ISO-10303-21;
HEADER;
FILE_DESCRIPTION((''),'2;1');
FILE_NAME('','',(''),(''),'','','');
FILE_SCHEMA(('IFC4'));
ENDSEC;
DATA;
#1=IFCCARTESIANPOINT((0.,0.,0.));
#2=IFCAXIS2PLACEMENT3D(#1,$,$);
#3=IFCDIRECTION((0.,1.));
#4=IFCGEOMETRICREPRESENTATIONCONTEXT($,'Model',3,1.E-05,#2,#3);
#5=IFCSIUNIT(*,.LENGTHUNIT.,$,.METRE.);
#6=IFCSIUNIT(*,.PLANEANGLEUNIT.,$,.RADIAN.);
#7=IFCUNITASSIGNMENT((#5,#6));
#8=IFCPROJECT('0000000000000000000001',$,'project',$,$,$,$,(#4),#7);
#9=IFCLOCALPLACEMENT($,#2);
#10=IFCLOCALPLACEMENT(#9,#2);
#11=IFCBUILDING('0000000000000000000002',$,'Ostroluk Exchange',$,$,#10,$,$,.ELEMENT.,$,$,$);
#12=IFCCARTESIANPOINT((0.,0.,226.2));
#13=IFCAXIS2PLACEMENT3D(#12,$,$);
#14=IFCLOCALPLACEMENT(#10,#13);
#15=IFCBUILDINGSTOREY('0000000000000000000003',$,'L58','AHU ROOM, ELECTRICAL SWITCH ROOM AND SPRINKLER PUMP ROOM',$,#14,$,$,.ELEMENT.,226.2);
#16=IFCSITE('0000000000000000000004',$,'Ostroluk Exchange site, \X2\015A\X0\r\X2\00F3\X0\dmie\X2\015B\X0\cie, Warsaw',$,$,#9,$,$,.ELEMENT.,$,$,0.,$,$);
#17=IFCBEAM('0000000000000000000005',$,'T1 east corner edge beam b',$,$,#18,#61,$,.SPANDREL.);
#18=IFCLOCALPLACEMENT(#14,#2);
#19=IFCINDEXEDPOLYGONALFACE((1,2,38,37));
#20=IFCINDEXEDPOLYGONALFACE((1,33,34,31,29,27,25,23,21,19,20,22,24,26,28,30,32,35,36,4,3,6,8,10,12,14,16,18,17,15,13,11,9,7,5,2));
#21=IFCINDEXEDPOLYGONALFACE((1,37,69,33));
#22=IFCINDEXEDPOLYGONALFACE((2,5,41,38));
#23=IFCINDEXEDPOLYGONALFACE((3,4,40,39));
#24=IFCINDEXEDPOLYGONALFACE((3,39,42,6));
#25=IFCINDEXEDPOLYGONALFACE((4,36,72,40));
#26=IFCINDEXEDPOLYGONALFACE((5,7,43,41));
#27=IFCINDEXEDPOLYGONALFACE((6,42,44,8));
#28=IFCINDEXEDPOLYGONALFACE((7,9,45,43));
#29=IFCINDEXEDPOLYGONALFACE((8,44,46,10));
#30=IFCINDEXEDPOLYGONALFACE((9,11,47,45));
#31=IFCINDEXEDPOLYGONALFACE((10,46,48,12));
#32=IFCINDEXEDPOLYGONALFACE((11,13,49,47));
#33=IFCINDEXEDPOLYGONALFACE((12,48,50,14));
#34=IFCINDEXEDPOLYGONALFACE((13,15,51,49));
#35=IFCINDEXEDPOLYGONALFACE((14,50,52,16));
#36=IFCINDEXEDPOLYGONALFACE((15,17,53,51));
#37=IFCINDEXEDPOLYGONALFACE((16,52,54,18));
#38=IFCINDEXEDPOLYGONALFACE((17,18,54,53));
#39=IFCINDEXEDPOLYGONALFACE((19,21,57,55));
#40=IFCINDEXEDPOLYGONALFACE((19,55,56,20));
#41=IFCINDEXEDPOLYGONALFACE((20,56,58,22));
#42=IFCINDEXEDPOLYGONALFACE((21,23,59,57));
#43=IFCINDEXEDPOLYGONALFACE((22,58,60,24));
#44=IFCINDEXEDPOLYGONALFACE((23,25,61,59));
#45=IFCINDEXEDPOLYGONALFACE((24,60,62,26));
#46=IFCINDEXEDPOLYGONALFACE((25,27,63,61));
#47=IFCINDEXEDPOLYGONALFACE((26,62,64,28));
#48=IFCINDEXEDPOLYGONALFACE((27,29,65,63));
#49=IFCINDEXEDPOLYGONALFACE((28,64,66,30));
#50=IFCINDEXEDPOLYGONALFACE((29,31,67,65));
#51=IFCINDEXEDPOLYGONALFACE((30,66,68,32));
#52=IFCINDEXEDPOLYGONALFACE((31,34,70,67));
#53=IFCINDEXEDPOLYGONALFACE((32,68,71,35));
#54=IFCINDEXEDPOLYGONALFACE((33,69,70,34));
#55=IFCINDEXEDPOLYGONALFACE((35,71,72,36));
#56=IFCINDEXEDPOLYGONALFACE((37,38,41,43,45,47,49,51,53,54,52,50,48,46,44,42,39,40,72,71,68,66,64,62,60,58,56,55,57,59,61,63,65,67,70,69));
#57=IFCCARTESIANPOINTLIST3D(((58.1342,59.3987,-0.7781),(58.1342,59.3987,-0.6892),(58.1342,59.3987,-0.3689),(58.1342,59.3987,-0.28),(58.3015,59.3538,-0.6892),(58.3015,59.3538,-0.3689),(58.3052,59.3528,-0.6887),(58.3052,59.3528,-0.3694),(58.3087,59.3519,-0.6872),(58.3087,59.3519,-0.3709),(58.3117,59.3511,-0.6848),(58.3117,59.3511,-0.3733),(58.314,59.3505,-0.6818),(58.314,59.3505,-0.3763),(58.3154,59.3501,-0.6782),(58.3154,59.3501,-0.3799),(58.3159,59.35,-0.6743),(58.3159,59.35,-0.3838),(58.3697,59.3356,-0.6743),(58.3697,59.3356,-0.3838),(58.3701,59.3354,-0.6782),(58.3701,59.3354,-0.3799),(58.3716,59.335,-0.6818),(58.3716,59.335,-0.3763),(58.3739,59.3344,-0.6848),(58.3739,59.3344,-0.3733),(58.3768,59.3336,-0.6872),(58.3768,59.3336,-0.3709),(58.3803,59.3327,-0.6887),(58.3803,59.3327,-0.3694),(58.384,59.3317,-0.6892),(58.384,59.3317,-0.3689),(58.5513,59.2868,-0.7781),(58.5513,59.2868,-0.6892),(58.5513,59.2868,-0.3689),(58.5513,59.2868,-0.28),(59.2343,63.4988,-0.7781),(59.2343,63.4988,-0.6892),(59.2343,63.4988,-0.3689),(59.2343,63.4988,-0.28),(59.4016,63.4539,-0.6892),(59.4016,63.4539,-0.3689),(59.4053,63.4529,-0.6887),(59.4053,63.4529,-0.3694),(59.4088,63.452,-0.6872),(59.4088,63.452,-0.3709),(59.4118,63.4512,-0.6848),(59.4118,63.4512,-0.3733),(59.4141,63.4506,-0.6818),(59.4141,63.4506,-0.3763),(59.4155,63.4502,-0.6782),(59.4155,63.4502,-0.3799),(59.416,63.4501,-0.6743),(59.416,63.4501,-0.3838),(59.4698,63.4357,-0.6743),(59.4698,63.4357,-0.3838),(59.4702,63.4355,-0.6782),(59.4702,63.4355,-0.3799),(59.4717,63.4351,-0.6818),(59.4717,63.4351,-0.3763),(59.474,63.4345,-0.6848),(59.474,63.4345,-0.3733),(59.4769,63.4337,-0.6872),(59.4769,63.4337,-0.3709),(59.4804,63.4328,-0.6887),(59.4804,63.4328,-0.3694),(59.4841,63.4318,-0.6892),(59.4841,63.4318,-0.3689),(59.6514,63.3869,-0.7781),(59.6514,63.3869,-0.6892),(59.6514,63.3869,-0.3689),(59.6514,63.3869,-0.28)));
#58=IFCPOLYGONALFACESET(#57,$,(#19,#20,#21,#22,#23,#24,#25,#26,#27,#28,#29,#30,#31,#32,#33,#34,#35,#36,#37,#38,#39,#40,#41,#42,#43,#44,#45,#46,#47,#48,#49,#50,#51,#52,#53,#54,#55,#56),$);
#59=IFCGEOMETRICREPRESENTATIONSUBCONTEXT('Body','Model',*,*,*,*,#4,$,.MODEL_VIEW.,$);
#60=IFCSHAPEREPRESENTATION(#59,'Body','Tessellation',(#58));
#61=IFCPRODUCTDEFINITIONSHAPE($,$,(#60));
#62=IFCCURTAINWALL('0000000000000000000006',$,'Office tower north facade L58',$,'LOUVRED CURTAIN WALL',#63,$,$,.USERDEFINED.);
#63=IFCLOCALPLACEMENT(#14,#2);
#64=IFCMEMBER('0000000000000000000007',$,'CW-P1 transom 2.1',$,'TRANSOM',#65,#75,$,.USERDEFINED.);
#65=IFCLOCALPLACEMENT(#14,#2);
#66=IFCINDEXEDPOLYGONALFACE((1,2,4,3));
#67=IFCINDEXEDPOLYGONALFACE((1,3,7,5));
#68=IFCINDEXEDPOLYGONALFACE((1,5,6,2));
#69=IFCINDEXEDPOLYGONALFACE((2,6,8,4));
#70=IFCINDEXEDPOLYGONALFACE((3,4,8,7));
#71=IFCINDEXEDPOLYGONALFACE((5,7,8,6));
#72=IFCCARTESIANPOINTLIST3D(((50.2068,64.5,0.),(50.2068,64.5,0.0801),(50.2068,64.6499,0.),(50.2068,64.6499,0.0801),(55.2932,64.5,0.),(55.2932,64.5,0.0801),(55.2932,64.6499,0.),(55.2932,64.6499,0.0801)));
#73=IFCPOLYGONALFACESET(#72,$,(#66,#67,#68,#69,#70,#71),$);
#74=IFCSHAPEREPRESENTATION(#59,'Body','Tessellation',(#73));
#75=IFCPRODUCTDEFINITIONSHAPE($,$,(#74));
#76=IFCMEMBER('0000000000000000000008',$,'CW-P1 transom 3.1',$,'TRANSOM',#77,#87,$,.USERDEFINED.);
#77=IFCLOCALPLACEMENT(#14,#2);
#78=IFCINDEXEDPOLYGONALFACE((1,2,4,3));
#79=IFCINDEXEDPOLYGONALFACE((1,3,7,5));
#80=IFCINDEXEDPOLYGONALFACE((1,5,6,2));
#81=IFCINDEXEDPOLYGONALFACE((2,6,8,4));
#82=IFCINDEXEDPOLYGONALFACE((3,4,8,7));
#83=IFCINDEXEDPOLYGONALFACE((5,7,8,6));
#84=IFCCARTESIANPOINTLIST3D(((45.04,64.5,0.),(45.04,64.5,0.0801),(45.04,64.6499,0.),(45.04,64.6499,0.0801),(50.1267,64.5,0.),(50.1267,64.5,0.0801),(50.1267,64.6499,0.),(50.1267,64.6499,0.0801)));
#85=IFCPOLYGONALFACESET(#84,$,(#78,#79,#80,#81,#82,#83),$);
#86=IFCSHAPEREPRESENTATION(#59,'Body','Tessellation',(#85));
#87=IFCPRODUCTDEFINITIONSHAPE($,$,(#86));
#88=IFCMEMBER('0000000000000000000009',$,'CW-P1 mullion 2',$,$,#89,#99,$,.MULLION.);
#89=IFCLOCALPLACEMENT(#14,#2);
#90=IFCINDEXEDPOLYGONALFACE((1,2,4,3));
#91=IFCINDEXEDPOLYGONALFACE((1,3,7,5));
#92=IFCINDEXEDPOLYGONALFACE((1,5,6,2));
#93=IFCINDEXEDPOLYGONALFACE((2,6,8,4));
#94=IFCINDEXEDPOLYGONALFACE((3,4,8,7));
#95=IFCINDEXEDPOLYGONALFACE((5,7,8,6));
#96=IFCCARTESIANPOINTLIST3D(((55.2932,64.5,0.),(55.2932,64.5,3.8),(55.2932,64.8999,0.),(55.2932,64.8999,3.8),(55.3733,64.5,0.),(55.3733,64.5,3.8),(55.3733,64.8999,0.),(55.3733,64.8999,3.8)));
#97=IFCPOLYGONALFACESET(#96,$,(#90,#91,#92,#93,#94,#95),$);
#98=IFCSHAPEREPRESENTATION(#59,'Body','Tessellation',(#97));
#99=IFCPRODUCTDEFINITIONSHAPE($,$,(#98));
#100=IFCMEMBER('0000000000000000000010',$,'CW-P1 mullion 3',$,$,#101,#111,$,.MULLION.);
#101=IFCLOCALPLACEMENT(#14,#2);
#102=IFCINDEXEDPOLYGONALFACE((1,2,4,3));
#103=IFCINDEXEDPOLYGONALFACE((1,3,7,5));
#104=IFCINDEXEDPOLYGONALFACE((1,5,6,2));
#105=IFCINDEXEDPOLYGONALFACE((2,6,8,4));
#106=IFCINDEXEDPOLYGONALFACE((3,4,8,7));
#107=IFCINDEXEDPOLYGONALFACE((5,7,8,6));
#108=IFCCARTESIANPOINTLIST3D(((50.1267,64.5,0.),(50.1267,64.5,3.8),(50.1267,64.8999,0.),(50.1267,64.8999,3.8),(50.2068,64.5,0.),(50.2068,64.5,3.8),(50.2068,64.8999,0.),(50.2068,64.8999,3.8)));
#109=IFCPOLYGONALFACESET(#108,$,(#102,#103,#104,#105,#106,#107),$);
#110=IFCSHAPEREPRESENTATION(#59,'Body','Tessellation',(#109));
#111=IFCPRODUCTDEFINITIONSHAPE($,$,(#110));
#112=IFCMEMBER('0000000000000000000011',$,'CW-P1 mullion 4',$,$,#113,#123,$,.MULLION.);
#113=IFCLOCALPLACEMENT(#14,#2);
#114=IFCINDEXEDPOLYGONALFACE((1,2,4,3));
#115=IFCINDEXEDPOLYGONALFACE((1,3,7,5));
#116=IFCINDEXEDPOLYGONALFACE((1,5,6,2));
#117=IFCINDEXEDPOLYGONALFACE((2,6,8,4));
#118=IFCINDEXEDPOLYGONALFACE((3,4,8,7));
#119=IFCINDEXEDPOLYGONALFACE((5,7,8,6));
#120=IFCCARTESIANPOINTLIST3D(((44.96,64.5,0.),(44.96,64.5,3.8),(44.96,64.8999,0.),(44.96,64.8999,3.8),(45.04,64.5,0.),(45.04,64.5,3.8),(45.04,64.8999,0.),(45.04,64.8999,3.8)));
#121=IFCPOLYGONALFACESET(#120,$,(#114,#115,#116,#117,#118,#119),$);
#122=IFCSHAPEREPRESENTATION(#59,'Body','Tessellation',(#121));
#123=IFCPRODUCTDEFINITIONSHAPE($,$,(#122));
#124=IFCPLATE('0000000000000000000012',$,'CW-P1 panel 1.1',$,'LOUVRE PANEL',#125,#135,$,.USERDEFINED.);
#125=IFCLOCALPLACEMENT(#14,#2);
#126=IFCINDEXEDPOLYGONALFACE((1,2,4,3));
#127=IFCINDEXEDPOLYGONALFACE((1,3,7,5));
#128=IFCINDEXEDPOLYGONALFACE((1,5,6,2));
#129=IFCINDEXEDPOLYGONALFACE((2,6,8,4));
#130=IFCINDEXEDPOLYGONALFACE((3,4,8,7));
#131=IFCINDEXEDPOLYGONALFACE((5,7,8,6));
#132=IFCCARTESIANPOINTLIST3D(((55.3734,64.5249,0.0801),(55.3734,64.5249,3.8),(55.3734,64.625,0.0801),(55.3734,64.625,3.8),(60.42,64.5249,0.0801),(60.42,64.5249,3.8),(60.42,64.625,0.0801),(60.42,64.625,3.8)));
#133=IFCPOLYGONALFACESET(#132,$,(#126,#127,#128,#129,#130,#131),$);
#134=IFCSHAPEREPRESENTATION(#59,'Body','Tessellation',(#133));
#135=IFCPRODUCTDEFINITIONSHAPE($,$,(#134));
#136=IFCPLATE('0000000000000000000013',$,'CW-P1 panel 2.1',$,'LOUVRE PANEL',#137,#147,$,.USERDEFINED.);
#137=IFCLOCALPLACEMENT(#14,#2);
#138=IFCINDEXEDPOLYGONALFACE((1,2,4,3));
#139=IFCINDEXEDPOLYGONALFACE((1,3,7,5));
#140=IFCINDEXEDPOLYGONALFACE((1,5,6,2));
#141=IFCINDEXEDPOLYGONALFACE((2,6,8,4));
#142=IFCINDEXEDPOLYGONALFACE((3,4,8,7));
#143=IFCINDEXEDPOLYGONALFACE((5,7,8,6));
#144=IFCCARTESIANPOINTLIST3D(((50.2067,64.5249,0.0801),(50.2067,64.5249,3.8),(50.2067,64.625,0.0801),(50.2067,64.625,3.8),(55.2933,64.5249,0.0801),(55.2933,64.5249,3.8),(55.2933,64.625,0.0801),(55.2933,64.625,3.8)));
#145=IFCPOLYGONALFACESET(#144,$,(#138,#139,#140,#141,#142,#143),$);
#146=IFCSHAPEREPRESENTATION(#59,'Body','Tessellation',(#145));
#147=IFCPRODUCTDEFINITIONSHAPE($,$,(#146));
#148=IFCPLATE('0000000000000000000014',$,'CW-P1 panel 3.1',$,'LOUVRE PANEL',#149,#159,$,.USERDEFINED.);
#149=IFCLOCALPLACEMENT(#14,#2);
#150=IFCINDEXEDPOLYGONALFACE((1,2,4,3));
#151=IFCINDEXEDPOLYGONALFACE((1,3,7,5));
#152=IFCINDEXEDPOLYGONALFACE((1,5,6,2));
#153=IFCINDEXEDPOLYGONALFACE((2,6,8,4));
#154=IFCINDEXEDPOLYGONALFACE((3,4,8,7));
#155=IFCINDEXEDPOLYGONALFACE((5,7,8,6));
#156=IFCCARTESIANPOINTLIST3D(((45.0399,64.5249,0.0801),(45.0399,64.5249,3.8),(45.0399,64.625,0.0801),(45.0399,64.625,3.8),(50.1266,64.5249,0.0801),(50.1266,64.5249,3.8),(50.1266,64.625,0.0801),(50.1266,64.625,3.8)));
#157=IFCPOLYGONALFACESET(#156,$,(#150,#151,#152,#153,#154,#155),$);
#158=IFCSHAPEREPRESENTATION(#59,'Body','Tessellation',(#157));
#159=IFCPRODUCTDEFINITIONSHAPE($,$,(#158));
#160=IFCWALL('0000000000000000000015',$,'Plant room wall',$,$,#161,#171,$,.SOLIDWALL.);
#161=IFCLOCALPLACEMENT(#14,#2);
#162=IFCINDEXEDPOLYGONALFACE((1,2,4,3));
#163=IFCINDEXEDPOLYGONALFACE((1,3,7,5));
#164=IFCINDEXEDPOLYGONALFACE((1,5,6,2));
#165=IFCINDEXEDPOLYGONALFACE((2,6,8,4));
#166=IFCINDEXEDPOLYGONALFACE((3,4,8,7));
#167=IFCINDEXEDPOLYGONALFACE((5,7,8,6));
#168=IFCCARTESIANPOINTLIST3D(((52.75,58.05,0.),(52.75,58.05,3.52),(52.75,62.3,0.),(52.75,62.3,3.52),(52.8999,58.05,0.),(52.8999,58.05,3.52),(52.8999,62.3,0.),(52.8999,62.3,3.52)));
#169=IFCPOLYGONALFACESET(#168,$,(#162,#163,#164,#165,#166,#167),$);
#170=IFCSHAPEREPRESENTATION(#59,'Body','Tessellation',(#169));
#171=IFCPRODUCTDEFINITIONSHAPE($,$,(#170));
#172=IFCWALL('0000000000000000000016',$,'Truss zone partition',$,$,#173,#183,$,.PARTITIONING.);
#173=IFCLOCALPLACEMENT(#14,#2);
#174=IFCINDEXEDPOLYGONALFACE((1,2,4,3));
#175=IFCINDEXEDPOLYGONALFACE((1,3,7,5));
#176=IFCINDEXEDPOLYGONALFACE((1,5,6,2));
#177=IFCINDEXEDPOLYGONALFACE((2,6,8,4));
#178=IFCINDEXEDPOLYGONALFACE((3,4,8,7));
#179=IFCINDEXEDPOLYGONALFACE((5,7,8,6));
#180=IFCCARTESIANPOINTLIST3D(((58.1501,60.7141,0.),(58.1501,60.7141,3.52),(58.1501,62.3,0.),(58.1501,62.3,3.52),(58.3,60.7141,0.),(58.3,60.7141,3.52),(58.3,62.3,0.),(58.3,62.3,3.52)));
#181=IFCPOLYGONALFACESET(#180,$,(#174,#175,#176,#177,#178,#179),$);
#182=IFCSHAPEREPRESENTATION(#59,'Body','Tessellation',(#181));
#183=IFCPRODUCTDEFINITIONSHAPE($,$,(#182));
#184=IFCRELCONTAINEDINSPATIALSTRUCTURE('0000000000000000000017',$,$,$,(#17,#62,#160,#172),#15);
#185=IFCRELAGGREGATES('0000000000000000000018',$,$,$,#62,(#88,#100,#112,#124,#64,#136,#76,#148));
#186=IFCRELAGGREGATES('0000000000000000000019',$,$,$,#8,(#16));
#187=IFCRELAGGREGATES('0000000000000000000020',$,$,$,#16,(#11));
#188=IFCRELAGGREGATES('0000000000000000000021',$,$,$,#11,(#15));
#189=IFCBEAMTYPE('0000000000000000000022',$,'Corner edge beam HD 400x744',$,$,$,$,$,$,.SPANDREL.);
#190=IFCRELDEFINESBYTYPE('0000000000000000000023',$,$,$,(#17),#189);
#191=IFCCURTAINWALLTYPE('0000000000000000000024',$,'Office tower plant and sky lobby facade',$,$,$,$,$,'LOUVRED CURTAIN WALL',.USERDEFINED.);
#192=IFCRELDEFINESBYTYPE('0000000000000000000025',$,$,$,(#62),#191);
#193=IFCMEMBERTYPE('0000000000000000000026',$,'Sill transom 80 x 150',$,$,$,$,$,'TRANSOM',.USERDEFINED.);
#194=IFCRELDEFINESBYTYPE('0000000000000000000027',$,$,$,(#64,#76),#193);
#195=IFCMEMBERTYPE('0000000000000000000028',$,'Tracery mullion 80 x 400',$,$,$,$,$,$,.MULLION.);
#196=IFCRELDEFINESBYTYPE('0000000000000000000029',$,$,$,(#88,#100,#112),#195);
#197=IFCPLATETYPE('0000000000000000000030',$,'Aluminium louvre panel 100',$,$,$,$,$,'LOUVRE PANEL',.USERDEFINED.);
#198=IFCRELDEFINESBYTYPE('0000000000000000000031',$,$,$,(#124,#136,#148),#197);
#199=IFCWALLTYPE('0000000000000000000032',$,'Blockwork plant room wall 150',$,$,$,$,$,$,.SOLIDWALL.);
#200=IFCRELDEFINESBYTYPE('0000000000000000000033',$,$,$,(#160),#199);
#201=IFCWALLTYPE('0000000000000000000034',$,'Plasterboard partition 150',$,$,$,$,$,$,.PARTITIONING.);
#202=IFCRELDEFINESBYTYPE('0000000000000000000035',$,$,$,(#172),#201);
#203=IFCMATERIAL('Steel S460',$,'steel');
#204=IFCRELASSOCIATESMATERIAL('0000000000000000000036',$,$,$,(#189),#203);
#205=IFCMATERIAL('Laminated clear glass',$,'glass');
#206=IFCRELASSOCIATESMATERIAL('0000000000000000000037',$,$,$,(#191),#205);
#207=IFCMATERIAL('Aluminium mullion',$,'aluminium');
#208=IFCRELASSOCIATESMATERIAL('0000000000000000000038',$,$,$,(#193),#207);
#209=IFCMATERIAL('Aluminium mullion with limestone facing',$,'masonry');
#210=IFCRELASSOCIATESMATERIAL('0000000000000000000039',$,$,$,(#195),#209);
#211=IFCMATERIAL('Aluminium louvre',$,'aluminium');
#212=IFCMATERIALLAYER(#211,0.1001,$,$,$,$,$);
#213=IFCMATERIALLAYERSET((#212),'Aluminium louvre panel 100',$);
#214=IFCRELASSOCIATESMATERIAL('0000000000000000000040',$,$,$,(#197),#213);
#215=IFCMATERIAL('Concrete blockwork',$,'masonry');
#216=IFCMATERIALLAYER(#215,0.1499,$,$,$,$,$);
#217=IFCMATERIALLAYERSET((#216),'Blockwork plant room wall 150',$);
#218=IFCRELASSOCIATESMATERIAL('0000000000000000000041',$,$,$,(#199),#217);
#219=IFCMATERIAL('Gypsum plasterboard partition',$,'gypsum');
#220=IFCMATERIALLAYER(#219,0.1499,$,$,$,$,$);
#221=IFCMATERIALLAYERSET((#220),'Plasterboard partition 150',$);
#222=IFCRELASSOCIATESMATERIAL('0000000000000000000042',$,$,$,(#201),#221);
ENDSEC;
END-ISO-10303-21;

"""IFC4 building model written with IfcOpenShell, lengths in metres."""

from ifc_helpers import new_model, si_unit, direction, frame, frame_2d, origin, origin_2d, place, context, subcontext, project, spatial, rectangle, i_section, extrude, material, layer, layer_set, material_profile, profile_set, type_object, element, aggregate, save


model = new_model("IFC4")

# Units and contexts
model_context = context("Model", 3, precision=1e-05, world=origin(), true_north=direction((0.0, 1.0)))
body_context = subcontext(model_context, "Body", "Model", "MODEL_VIEW")
ifc_project = project(units=[si_unit("LENGTHUNIT", "METRE"), si_unit("PLANEANGLEUNIT", "RADIAN")], contexts=[model_context])

# Site, building, storey
site_placement = place(None, origin())
site = spatial("IfcSite", under=ifc_project, at=site_placement, Name="Ostroluk Exchange site, Śródmieście, Warsaw", CompositionType="ELEMENT", RefElevation=0.0)
building_placement = place(site_placement, origin())
building = spatial("IfcBuilding", under=site, at=building_placement, Name="Ostroluk Exchange", CompositionType="ELEMENT")
storey_placement = place(building_placement, frame((0.0, 0.0, 226.2)))
storey = spatial("IfcBuildingStorey", under=building, at=storey_placement, Name="L58", Description="AHU ROOM, ELECTRICAL SWITCH ROOM AND SPRINKLER PUMP ROOM", CompositionType="ELEMENT", Elevation=226.2)

# Beam
ifc_material_1 = material(Name="Steel S460", Category="steel")
ifc_material_profile_1 = material_profile(ifc_material_1, i_section(OverallWidth=0.4319, OverallDepth=0.498, WebThickness=0.0557, FlangeThickness=0.0889, FilletRadius=0.0149, at=origin_2d()), Name="HD 400x744")
ifc_profile_set_1 = profile_set([ifc_material_profile_1], Name="Steel S460")
beam_type_1 = type_object("IfcBeamType", Name="Corner edge beam HD 400x744", PredefinedType="SPANDREL", material=ifc_profile_set_1)
for number, where, z_axis, x_axis, name in (
    (1, (58.3428, 59.3428, -0.5291), (0.259144, 0.965839, 0.0), (-0.965839, 0.259144, 0.0), "T1 east corner edge beam b"),
):
    element("IfcBeam", number, at=place(storey_placement, frame(where, z_axis=z_axis, x_axis=x_axis)), inside=storey, type_object=beam_type_1, Name=name, PredefinedType="SPANDREL", context=body_context, shape_type="SweptSolid", body=[
        extrude(i_section(OverallWidth=0.4319, OverallDepth=0.498, WebThickness=0.0557, FlangeThickness=0.0889, FilletRadius=0.0149, at=origin_2d()), origin(), (0.0, 0.0, 1.0), 4.2451),
    ])

# Curtain wall, members, plates
ifc_material_2 = material(Name="Laminated clear glass", Category="glass")
curtain_wall_type = type_object("IfcCurtainWallType", Name="Office tower plant and sky lobby facade", ElementType="LOUVRED CURTAIN WALL", PredefinedType="USERDEFINED", material=ifc_material_2)
curtain_wall_placement = place(storey_placement, origin())
curtain_wall = element("IfcCurtainWall", 2, at=curtain_wall_placement, inside=storey, type_object=curtain_wall_type, Name="Office tower north facade L58", ObjectType="LOUVRED CURTAIN WALL", PredefinedType="USERDEFINED")
ifc_material_3 = material(Name="Aluminium mullion", Category="aluminium")
ifc_material_profile_2 = material_profile(ifc_material_3, rectangle(XDim=0.1499, YDim=0.0801, at=origin_2d()), Name="Sill transom 80 x 150")
ifc_profile_set_2 = profile_set([ifc_material_profile_2], Name="Aluminium mullion")
member_type_1 = type_object("IfcMemberType", Name="Sill transom 80 x 150", ElementType="TRANSOM", PredefinedType="USERDEFINED", material=ifc_profile_set_2)
member_1_placement = place(storey_placement, frame((55.2932, 64.575, 0.04), z_axis=(-1.0, 0.0, 0.0), x_axis=(0.0, -1.0, 0.0)))
member_1 = element("IfcMember", 3, at=member_1_placement, type_object=member_type_1, Name="CW-P1 transom 2.1", ObjectType="TRANSOM", PredefinedType="USERDEFINED", context=body_context, shape_type="SweptSolid", body=[
    extrude(rectangle(XDim=0.1499, YDim=0.0801, at=origin_2d()), origin(), (0.0, 0.0, 1.0), 5.0864),
])
member_2_placement = place(storey_placement, frame((50.1267, 64.575, 0.04), z_axis=(-1.0, 0.0, 0.0), x_axis=(0.0, -1.0, 0.0)))
member_2 = element("IfcMember", 4, at=member_2_placement, type_object=member_type_1, Name="CW-P1 transom 3.1", ObjectType="TRANSOM", PredefinedType="USERDEFINED", context=body_context, shape_type="SweptSolid", body=[
    extrude(rectangle(XDim=0.1499, YDim=0.0801, at=origin_2d()), origin(), (0.0, 0.0, 1.0), 5.0867),
])
ifc_material_4 = material(Name="Aluminium mullion with limestone facing", Category="masonry")
ifc_material_profile_3 = material_profile(ifc_material_4, rectangle(XDim=0.3999, YDim=0.0801, at=origin_2d()), Name="Tracery mullion 80 x 400")
ifc_profile_set_3 = profile_set([ifc_material_profile_3], Name="Aluminium mullion with limestone facing")
member_type_2 = type_object("IfcMemberType", Name="Tracery mullion 80 x 400", PredefinedType="MULLION", material=ifc_profile_set_3)
member_3_placement = place(storey_placement, frame((55.3333, 64.7, 0.0), z_axis=(0.0, 0.0, 1.0), x_axis=(0.0, -1.0, 0.0)))
member_3 = element("IfcMember", 5, at=member_3_placement, type_object=member_type_2, Name="CW-P1 mullion 2", PredefinedType="MULLION", context=body_context, shape_type="SweptSolid", body=[
    extrude(rectangle(XDim=0.3999, YDim=0.0801, at=origin_2d()), origin(), (0.0, 0.0, 1.0), 3.8),
])
member_4_placement = place(storey_placement, frame((50.1667, 64.7, 0.0), z_axis=(0.0, 0.0, 1.0), x_axis=(0.0, -1.0, 0.0)))
member_4 = element("IfcMember", 6, at=member_4_placement, type_object=member_type_2, Name="CW-P1 mullion 3", PredefinedType="MULLION", context=body_context, shape_type="SweptSolid", body=[
    extrude(rectangle(XDim=0.3999, YDim=0.0801, at=origin_2d()), origin(), (0.0, 0.0, 1.0), 3.8),
])
member_5_placement = place(storey_placement, frame((45.0, 64.7, 0.0), z_axis=(0.0, 0.0, 1.0), x_axis=(0.0, -1.0, 0.0)))
member_5 = element("IfcMember", 7, at=member_5_placement, type_object=member_type_2, Name="CW-P1 mullion 4", PredefinedType="MULLION", context=body_context, shape_type="SweptSolid", body=[
    extrude(rectangle(XDim=0.3999, YDim=0.0801, at=origin_2d()), origin(), (0.0, 0.0, 1.0), 3.8),
])
ifc_material_5 = material(Name="Aluminium louvre", Category="aluminium")
ifc_layer_1 = layer(ifc_material_5, 0.1001)
ifc_layer_set_1 = layer_set([ifc_layer_1], Name="Aluminium louvre panel 100")
plate_type = type_object("IfcPlateType", Name="Aluminium louvre panel 100", ElementType="LOUVRE PANEL", PredefinedType="USERDEFINED", material=ifc_layer_set_1)
plate_1_placement = place(storey_placement, frame((57.8967, 64.575, 0.0801), z_axis=(0.0, 0.0, 1.0), x_axis=(-1.0, 0.0, 0.0)))
plate_1 = element("IfcPlate", 8, at=plate_1_placement, type_object=plate_type, Name="CW-P1 panel 1.1", ObjectType="LOUVRE PANEL", PredefinedType="USERDEFINED", context=body_context, shape_type="SweptSolid", body=[
    extrude(rectangle(XDim=5.0466, YDim=0.1001, at=origin_2d()), origin(), (0.0, 0.0, 1.0), 3.72),
])
plate_2_placement = place(storey_placement, frame((52.75, 64.575, 0.0801), z_axis=(0.0, 0.0, 1.0), x_axis=(-1.0, 0.0, 0.0)))
plate_2 = element("IfcPlate", 9, at=plate_2_placement, type_object=plate_type, Name="CW-P1 panel 2.1", ObjectType="LOUVRE PANEL", PredefinedType="USERDEFINED", context=body_context, shape_type="SweptSolid", body=[
    extrude(rectangle(XDim=5.0867, YDim=0.1001, at=origin_2d()), origin(), (0.0, 0.0, 1.0), 3.72),
])
plate_3_placement = place(storey_placement, frame((47.5833, 64.575, 0.0801), z_axis=(0.0, 0.0, 1.0), x_axis=(-1.0, 0.0, 0.0)))
plate_3 = element("IfcPlate", 10, at=plate_3_placement, type_object=plate_type, Name="CW-P1 panel 3.1", ObjectType="LOUVRE PANEL", PredefinedType="USERDEFINED", context=body_context, shape_type="SweptSolid", body=[
    extrude(rectangle(XDim=5.0867, YDim=0.1001, at=origin_2d()), origin(), (0.0, 0.0, 1.0), 3.72),
])
aggregate(curtain_wall, [member_3, member_4, member_5, plate_1, member_1, plate_2, member_2, plate_3])

# Walls
ifc_material_6 = material(Name="Concrete blockwork", Category="masonry")
ifc_layer_2 = layer(ifc_material_6, 0.1499)
ifc_layer_set_2 = layer_set([ifc_layer_2], Name="Blockwork plant room wall 150")
wall_type_1 = type_object("IfcWallType", Name="Blockwork plant room wall 150", PredefinedType="SOLIDWALL", material=ifc_layer_set_2)
wall_1_placement = place(storey_placement, frame((52.825, 58.05, 0.0), z_axis=(0.0, 0.0, 1.0), x_axis=(0.0, 1.0, 0.0)))
element("IfcWall", 11, at=wall_1_placement, inside=storey, type_object=wall_type_1, Name="Plant room wall", PredefinedType="SOLIDWALL", context=body_context, shape_type="SweptSolid", body=[
    extrude(rectangle(XDim=4.25, YDim=0.1499, at=frame_2d((2.125, 0.0))), origin(), (0.0, 0.0, 1.0), 3.52),
])
ifc_material_7 = material(Name="Gypsum plasterboard partition", Category="gypsum")
ifc_layer_3 = layer(ifc_material_7, 0.1499)
ifc_layer_set_3 = layer_set([ifc_layer_3], Name="Plasterboard partition 150")
wall_type_2 = type_object("IfcWallType", Name="Plasterboard partition 150", PredefinedType="PARTITIONING", material=ifc_layer_set_3)
wall_2_placement = place(storey_placement, frame((58.2251, 62.3, 0.0), z_axis=(0.0, 0.0, 1.0), x_axis=(0.0, -1.0, 0.0)))
element("IfcWall", 12, at=wall_2_placement, inside=storey, type_object=wall_type_2, Name="Truss zone partition", PredefinedType="PARTITIONING", context=body_context, shape_type="SweptSolid", body=[
    extrude(rectangle(XDim=1.5859, YDim=0.1499, at=frame_2d((0.793, 0.0))), origin(), (0.0, 0.0, 1.0), 3.52),
])

save(model, "model.ifc")
